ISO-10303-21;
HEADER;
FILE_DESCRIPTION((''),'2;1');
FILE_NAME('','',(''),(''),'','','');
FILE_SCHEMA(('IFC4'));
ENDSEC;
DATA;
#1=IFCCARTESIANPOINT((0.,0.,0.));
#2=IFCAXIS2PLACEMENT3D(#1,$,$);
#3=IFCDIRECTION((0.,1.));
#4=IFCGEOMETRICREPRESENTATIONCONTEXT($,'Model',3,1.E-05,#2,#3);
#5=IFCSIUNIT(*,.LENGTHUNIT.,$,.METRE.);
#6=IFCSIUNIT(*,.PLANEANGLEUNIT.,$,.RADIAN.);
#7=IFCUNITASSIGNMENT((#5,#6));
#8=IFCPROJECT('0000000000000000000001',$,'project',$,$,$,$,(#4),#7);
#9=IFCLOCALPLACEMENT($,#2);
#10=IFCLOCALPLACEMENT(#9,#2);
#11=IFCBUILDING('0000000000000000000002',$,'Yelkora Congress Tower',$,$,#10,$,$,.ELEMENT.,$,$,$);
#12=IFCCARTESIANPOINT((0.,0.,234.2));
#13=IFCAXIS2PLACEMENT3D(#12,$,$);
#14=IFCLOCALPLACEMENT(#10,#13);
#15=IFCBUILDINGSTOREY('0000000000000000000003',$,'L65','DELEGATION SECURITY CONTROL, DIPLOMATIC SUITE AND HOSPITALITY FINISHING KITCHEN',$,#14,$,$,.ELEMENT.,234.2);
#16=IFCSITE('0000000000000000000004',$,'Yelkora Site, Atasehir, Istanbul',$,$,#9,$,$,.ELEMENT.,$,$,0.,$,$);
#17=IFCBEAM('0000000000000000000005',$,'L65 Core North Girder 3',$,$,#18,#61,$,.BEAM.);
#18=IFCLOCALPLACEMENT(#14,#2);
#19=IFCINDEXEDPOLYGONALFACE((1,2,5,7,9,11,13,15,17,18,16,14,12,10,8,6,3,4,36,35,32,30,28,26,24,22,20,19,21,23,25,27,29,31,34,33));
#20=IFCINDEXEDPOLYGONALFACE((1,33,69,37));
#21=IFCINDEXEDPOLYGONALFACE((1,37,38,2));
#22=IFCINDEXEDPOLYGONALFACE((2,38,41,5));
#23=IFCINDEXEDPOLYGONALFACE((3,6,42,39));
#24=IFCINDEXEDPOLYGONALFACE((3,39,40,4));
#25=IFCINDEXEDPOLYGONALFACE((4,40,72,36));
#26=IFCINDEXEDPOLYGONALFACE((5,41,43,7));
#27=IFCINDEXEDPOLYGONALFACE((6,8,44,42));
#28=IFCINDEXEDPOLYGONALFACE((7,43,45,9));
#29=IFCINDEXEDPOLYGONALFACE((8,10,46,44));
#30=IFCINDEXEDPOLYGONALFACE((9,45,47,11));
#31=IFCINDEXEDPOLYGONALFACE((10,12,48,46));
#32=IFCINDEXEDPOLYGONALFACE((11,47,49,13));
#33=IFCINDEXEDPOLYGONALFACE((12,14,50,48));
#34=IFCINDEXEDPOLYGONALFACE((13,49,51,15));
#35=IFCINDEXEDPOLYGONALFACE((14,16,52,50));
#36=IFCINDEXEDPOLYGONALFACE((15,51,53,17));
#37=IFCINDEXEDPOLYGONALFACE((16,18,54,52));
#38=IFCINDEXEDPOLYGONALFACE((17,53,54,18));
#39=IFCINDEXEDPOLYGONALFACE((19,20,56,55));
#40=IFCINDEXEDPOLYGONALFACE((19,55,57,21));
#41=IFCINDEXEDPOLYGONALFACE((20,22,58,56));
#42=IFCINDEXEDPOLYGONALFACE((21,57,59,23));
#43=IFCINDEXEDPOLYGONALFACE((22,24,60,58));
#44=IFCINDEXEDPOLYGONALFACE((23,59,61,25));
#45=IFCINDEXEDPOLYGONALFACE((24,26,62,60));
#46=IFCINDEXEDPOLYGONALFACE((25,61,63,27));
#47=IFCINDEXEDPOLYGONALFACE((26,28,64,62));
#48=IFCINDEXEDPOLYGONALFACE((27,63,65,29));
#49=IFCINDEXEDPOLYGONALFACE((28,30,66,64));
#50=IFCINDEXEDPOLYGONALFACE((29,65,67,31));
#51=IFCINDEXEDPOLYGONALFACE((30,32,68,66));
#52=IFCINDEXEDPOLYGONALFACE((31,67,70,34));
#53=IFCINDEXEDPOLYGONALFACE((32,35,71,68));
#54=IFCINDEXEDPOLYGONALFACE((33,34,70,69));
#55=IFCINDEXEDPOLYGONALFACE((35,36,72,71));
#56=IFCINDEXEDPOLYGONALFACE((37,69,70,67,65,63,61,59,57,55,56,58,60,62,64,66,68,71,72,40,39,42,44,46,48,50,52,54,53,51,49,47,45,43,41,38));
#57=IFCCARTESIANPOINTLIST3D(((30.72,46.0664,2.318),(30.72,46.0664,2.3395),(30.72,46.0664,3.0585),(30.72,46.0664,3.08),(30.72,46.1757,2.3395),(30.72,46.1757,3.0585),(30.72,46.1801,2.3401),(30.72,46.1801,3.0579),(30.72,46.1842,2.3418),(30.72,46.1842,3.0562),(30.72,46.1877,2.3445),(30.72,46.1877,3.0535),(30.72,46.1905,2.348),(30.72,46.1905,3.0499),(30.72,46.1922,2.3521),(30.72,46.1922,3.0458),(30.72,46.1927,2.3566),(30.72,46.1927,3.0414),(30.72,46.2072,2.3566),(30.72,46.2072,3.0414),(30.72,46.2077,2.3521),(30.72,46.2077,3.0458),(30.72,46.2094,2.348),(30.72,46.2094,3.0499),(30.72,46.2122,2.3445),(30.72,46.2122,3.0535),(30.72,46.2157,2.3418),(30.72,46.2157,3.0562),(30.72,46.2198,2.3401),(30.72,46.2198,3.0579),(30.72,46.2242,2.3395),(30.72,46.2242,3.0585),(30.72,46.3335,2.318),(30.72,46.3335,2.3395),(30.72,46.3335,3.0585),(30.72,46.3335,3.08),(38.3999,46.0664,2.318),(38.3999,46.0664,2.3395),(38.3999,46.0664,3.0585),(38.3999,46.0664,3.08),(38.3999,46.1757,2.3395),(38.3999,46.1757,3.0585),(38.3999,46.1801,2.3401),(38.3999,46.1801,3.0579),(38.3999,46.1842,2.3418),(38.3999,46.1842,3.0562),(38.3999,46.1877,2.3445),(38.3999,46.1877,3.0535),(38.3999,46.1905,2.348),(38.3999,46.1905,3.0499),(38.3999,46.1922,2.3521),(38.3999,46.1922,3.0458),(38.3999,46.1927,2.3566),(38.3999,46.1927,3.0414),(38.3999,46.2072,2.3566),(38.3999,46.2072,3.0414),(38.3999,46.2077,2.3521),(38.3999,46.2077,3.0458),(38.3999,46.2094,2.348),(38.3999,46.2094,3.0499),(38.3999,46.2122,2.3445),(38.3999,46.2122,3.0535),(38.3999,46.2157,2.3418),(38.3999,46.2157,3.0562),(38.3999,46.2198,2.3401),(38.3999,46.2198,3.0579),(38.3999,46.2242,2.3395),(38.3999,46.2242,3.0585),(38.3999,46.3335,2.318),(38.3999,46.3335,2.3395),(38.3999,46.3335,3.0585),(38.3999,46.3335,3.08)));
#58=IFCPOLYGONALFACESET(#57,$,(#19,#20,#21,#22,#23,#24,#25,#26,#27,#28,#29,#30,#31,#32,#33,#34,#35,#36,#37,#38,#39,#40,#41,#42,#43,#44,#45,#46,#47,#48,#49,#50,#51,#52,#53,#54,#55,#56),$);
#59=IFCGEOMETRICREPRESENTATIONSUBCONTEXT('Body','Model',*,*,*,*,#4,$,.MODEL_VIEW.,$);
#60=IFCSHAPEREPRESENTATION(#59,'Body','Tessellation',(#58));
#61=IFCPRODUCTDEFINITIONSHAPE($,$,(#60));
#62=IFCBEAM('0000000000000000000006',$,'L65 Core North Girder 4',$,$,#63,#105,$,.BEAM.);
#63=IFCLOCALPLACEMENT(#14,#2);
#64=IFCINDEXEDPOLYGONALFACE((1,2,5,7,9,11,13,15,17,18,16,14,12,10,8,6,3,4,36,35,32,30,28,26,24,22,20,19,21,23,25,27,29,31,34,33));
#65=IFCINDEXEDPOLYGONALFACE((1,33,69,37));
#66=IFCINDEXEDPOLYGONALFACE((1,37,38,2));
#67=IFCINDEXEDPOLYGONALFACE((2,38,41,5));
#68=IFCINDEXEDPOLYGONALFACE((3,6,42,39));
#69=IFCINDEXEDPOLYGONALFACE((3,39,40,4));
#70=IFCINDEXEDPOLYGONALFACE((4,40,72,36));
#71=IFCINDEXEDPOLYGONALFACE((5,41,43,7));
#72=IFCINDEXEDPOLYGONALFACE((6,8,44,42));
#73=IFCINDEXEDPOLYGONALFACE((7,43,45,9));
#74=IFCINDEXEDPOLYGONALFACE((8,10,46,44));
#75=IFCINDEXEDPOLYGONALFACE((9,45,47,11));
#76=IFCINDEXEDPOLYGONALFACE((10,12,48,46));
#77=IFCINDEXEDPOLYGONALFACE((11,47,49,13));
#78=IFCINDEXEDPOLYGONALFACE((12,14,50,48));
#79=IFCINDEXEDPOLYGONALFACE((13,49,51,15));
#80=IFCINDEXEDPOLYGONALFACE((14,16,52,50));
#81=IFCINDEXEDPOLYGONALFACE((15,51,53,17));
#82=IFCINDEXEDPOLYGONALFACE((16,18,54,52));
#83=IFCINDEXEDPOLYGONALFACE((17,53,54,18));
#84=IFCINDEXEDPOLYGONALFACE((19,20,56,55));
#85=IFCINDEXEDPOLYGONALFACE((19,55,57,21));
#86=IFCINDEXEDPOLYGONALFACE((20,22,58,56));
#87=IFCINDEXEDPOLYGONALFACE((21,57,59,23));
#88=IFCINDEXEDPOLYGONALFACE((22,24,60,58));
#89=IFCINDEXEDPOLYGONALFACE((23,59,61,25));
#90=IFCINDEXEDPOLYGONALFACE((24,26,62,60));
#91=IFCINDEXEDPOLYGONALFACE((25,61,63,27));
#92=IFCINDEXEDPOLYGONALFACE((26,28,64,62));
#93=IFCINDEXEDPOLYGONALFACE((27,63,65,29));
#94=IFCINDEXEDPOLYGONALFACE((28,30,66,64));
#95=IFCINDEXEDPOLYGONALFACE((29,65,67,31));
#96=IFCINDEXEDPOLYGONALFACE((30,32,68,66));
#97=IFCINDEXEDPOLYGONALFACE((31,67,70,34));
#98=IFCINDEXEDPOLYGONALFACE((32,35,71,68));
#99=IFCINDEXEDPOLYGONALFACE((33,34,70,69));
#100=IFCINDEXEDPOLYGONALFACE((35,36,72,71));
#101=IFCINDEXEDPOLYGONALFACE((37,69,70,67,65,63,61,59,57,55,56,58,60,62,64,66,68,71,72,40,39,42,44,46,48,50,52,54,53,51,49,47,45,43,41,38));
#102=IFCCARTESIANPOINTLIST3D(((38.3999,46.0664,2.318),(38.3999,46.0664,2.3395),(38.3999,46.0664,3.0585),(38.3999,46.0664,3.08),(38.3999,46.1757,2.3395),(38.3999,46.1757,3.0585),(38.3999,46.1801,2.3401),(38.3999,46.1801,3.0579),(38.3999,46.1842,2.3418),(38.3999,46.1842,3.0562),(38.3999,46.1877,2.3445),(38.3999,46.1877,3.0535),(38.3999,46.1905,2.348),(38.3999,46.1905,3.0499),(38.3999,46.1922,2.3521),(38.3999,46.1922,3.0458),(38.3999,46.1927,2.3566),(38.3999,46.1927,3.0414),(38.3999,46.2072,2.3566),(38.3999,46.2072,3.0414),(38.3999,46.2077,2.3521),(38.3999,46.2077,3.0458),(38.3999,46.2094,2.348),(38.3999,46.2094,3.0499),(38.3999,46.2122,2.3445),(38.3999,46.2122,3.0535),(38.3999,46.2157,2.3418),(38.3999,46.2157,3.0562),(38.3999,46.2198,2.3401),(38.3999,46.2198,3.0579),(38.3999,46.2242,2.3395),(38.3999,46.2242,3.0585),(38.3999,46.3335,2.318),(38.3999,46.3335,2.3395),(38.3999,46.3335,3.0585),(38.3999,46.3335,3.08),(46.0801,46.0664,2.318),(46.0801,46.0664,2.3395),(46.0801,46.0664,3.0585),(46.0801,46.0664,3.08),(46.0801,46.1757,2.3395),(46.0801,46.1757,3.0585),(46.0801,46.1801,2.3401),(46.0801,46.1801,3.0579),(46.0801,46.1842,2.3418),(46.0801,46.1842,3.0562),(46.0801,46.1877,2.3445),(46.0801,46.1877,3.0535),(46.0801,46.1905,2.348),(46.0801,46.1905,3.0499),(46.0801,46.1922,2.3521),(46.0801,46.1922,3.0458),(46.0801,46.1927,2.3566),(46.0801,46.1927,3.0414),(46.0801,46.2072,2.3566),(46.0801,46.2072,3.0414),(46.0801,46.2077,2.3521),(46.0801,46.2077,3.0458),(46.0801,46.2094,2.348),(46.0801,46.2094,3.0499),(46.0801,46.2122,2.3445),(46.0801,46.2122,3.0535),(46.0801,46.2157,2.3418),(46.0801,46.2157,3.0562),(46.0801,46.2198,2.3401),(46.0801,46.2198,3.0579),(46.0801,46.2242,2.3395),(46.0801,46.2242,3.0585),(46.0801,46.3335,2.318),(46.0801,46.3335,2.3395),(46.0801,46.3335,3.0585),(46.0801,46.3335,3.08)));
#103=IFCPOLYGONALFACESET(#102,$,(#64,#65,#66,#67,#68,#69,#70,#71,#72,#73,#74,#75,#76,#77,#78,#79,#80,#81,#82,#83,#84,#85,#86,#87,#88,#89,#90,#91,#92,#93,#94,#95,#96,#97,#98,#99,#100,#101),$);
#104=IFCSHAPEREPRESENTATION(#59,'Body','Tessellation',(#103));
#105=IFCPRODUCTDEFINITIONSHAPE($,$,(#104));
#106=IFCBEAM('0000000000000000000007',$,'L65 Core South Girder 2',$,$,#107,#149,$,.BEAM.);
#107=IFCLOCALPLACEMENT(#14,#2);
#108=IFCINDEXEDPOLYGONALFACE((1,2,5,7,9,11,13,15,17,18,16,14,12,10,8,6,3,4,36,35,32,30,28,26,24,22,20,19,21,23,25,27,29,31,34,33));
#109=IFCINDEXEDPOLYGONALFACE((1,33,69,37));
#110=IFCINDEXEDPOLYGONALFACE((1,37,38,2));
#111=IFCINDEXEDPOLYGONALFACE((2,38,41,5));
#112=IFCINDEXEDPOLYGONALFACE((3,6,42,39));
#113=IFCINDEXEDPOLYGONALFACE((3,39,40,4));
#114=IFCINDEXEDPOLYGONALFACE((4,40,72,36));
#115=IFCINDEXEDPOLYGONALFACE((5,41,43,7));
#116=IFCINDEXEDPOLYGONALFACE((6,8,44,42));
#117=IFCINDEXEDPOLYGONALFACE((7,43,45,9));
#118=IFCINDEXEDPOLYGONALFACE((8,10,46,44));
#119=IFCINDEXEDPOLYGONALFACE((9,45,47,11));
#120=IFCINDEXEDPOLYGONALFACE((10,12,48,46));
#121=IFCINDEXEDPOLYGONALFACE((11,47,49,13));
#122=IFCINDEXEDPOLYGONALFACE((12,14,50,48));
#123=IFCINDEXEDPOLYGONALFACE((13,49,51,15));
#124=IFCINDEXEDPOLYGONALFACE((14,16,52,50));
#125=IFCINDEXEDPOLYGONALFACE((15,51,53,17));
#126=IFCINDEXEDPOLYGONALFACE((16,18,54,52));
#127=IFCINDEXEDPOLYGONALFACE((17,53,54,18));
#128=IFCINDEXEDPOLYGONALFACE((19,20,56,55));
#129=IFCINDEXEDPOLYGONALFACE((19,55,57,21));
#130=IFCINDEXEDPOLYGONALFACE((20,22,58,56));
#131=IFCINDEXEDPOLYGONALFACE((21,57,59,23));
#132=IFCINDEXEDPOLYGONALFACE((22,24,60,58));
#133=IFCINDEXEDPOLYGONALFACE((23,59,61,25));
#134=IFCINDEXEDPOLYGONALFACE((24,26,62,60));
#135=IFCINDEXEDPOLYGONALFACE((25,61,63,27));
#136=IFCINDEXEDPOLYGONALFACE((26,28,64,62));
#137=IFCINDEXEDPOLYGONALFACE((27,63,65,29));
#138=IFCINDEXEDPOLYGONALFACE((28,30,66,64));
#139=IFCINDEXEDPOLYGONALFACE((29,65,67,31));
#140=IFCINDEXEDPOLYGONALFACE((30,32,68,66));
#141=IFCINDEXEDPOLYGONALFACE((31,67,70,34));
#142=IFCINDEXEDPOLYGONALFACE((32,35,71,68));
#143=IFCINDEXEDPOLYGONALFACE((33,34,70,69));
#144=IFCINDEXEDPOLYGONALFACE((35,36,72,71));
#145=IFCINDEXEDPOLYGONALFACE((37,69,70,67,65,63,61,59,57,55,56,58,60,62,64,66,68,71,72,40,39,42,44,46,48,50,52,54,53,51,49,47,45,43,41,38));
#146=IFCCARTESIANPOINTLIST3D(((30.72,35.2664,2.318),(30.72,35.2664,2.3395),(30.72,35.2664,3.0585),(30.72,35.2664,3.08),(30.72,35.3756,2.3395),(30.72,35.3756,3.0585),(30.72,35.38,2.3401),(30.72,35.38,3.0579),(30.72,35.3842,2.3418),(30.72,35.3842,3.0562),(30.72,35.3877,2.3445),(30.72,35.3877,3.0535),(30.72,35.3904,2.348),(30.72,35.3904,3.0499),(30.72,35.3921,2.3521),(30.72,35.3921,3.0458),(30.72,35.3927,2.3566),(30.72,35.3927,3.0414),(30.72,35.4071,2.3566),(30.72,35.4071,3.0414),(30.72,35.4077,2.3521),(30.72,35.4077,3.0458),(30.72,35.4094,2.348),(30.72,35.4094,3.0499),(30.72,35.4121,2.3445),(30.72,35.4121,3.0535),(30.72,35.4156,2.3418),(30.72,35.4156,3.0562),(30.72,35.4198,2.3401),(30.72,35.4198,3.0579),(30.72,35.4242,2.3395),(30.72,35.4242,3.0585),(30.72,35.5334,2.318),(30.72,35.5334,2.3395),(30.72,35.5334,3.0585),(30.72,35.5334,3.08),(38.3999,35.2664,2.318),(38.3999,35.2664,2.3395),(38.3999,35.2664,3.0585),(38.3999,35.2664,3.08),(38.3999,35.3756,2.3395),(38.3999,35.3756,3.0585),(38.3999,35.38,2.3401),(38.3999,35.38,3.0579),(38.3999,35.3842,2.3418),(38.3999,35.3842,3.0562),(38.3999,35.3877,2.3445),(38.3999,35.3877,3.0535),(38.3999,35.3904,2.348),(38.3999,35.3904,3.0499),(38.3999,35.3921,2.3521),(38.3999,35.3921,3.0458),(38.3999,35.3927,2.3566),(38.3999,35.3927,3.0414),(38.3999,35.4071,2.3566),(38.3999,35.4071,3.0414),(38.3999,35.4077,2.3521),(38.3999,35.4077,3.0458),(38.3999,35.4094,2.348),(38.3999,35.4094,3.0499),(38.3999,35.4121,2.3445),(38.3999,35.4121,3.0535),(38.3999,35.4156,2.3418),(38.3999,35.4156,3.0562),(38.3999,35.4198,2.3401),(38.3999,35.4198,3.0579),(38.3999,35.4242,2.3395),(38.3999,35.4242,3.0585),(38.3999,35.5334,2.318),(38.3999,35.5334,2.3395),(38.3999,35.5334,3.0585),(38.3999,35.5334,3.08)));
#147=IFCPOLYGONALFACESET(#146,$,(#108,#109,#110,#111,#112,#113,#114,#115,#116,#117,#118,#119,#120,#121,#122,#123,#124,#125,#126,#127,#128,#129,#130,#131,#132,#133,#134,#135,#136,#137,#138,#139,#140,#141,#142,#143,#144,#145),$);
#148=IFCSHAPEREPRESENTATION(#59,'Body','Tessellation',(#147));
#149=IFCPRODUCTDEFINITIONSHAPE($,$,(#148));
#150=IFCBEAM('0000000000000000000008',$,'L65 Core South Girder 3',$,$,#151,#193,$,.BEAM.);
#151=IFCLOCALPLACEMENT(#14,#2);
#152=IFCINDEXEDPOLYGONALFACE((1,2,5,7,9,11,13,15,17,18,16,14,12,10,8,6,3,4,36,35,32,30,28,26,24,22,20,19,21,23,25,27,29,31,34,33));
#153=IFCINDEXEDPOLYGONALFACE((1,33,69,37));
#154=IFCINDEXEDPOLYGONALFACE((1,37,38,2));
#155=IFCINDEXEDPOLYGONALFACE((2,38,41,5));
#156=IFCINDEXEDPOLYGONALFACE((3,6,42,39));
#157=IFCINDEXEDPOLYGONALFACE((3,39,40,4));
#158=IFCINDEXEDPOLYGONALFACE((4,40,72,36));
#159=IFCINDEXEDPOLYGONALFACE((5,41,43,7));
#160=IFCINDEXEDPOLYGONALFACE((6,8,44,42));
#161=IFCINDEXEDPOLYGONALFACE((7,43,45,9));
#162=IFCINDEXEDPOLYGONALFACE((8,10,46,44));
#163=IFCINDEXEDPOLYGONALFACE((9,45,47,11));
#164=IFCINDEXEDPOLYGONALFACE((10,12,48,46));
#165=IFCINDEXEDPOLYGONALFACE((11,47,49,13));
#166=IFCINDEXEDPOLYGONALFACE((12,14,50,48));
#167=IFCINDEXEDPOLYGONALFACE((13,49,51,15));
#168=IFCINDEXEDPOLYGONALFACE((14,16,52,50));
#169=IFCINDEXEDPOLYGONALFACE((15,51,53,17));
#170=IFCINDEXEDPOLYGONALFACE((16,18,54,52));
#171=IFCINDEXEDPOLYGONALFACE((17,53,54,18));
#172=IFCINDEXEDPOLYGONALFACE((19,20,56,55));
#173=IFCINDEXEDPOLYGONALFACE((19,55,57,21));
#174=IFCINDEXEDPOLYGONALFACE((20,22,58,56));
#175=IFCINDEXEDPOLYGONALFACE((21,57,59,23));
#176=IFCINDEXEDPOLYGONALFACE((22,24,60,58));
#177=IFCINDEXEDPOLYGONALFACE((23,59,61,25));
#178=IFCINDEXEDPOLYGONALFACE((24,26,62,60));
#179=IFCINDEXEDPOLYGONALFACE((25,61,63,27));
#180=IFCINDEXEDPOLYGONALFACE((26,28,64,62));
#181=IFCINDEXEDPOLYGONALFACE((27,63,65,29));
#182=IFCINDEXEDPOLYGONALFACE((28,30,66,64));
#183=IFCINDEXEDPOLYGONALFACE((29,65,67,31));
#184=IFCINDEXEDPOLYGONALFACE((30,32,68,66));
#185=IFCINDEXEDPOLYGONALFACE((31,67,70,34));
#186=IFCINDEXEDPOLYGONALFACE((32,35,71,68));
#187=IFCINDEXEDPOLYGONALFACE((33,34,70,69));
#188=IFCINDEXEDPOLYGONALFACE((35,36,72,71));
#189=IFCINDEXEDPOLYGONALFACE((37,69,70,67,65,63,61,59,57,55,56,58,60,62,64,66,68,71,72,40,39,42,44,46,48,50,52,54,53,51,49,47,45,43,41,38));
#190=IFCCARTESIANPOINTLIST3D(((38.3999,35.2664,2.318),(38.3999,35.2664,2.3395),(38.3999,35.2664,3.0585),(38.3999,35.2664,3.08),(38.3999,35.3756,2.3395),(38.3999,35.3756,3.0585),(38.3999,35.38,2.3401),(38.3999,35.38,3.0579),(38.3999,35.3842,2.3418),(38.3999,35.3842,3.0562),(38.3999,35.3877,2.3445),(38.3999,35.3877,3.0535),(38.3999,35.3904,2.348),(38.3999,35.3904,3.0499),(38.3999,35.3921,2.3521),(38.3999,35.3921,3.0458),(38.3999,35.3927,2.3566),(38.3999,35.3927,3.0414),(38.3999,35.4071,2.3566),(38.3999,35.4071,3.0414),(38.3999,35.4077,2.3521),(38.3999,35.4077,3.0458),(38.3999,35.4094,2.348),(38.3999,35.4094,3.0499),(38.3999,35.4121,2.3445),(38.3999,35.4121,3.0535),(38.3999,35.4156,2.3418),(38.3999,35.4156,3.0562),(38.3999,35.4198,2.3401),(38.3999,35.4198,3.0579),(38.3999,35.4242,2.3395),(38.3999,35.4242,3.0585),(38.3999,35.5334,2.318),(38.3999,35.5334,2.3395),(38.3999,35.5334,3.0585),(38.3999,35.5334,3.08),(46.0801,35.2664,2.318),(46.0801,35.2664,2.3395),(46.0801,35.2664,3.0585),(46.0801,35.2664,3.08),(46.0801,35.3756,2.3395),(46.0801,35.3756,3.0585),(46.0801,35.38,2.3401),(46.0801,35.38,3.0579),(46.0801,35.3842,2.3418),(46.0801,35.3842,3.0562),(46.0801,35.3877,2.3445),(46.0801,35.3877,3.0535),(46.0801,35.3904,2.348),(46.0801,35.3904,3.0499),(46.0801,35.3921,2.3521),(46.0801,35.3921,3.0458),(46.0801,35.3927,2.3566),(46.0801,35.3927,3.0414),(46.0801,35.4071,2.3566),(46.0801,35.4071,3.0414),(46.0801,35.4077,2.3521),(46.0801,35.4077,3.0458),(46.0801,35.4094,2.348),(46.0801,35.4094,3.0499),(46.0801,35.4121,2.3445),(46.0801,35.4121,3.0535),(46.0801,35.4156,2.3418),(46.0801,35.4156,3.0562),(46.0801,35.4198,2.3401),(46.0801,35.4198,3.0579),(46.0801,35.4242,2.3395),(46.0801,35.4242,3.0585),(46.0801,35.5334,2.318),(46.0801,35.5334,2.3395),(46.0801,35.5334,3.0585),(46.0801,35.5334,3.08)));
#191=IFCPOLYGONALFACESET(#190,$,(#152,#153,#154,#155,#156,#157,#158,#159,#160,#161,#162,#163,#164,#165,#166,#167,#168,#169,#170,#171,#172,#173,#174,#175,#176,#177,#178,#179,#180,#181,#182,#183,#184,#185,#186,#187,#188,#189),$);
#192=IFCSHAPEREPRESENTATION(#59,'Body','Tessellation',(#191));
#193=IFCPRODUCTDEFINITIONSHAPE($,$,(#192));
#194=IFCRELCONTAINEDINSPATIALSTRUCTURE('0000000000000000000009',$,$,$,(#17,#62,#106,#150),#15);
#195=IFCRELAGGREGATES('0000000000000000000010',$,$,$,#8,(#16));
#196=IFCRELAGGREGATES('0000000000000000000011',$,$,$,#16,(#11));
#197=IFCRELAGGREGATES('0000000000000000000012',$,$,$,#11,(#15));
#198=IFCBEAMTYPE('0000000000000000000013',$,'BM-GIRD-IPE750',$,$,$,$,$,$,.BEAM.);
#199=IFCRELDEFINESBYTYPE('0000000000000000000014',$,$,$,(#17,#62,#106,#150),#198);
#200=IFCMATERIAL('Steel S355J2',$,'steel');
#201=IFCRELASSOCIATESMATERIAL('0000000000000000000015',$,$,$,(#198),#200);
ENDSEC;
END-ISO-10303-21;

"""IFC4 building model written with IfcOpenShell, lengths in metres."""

from ifc_helpers import new_model, si_unit, direction, frame, origin, origin_2d, place, context, subcontext, project, spatial, i_section, extrude, material, material_profile, profile_set, type_object, element, save


model = new_model("IFC4")

# Units and contexts
model_context = context("Model", 3, precision=1e-05, world=origin(), true_north=direction((0.0, 1.0)))
body_context = subcontext(model_context, "Body", "Model", "MODEL_VIEW")
ifc_project = project(units=[si_unit("LENGTHUNIT", "METRE"), si_unit("PLANEANGLEUNIT", "RADIAN")], contexts=[model_context])

# Site, building, storey
site_placement = place(None, origin())
site = spatial("IfcSite", under=ifc_project, at=site_placement, Name="Yelkora Site, Atasehir, Istanbul", CompositionType="ELEMENT", RefElevation=0.0)
building_placement = place(site_placement, origin())
building = spatial("IfcBuilding", under=site, at=building_placement, Name="Yelkora Congress Tower", CompositionType="ELEMENT")
storey_placement = place(building_placement, frame((0.0, 0.0, 234.2)))
storey = spatial("IfcBuildingStorey", under=building, at=storey_placement, Name="L65", Description="DELEGATION SECURITY CONTROL, DIPLOMATIC SUITE AND HOSPITALITY FINISHING KITCHEN", CompositionType="ELEMENT", Elevation=234.2)

# Beams
ifc_material_1 = material(Name="Steel S355J2", Category="steel")
ifc_material_profile_1 = material_profile(ifc_material_1, i_section(OverallWidth=0.2671, OverallDepth=0.762, WebThickness=0.0144, FlangeThickness=0.0215, FilletRadius=0.0171, at=origin_2d()), Name="IPE 750x173")
ifc_profile_set_1 = profile_set([ifc_material_profile_1], Name="Steel S355J2")
beam_type = type_object("IfcBeamType", Name="BM-GIRD-IPE750", PredefinedType="BEAM", material=ifc_profile_set_1)
beam_1_placement = place(storey_placement, frame((30.72, 46.2, 2.699), z_axis=(1.0, 0.0, 0.0), x_axis=(0.0, 1.0, 0.0)))
element("IfcBeam", 1, at=beam_1_placement, inside=storey, type_object=beam_type, Name="L65 Core North Girder 3", PredefinedType="BEAM", context=body_context, shape_type="SweptSolid", body=[
    extrude(i_section(OverallWidth=0.2671, OverallDepth=0.762, WebThickness=0.0144, FlangeThickness=0.0215, FilletRadius=0.0171, at=origin_2d()), origin(), (0.0, 0.0, 1.0), 7.6799),
])
beam_2_placement = place(storey_placement, frame((38.3999, 46.2, 2.699), z_axis=(1.0, 0.0, 0.0), x_axis=(0.0, 1.0, 0.0)))
element("IfcBeam", 2, at=beam_2_placement, inside=storey, type_object=beam_type, Name="L65 Core North Girder 4", PredefinedType="BEAM", context=body_context, shape_type="SweptSolid", body=[
    extrude(i_section(OverallWidth=0.2671, OverallDepth=0.762, WebThickness=0.0144, FlangeThickness=0.0215, FilletRadius=0.0171, at=origin_2d()), origin(), (0.0, 0.0, 1.0), 7.6802),
])
beam_3_placement = place(storey_placement, frame((30.72, 35.3999, 2.699), z_axis=(1.0, 0.0, 0.0), x_axis=(0.0, 1.0, 0.0)))
element("IfcBeam", 3, at=beam_3_placement, inside=storey, type_object=beam_type, Name="L65 Core South Girder 2", PredefinedType="BEAM", context=body_context, shape_type="SweptSolid", body=[
    extrude(i_section(OverallWidth=0.2671, OverallDepth=0.762, WebThickness=0.0144, FlangeThickness=0.0215, FilletRadius=0.0171, at=origin_2d()), origin(), (0.0, 0.0, 1.0), 7.6799),
])
beam_4_placement = place(storey_placement, frame((38.3999, 35.3999, 2.699), z_axis=(1.0, 0.0, 0.0), x_axis=(0.0, 1.0, 0.0)))
element("IfcBeam", 4, at=beam_4_placement, inside=storey, type_object=beam_type, Name="L65 Core South Girder 3", PredefinedType="BEAM", context=body_context, shape_type="SweptSolid", body=[
    extrude(i_section(OverallWidth=0.2671, OverallDepth=0.762, WebThickness=0.0144, FlangeThickness=0.0215, FilletRadius=0.0171, at=origin_2d()), origin(), (0.0, 0.0, 1.0), 7.6802),
])

save(model, "model.ifc")
